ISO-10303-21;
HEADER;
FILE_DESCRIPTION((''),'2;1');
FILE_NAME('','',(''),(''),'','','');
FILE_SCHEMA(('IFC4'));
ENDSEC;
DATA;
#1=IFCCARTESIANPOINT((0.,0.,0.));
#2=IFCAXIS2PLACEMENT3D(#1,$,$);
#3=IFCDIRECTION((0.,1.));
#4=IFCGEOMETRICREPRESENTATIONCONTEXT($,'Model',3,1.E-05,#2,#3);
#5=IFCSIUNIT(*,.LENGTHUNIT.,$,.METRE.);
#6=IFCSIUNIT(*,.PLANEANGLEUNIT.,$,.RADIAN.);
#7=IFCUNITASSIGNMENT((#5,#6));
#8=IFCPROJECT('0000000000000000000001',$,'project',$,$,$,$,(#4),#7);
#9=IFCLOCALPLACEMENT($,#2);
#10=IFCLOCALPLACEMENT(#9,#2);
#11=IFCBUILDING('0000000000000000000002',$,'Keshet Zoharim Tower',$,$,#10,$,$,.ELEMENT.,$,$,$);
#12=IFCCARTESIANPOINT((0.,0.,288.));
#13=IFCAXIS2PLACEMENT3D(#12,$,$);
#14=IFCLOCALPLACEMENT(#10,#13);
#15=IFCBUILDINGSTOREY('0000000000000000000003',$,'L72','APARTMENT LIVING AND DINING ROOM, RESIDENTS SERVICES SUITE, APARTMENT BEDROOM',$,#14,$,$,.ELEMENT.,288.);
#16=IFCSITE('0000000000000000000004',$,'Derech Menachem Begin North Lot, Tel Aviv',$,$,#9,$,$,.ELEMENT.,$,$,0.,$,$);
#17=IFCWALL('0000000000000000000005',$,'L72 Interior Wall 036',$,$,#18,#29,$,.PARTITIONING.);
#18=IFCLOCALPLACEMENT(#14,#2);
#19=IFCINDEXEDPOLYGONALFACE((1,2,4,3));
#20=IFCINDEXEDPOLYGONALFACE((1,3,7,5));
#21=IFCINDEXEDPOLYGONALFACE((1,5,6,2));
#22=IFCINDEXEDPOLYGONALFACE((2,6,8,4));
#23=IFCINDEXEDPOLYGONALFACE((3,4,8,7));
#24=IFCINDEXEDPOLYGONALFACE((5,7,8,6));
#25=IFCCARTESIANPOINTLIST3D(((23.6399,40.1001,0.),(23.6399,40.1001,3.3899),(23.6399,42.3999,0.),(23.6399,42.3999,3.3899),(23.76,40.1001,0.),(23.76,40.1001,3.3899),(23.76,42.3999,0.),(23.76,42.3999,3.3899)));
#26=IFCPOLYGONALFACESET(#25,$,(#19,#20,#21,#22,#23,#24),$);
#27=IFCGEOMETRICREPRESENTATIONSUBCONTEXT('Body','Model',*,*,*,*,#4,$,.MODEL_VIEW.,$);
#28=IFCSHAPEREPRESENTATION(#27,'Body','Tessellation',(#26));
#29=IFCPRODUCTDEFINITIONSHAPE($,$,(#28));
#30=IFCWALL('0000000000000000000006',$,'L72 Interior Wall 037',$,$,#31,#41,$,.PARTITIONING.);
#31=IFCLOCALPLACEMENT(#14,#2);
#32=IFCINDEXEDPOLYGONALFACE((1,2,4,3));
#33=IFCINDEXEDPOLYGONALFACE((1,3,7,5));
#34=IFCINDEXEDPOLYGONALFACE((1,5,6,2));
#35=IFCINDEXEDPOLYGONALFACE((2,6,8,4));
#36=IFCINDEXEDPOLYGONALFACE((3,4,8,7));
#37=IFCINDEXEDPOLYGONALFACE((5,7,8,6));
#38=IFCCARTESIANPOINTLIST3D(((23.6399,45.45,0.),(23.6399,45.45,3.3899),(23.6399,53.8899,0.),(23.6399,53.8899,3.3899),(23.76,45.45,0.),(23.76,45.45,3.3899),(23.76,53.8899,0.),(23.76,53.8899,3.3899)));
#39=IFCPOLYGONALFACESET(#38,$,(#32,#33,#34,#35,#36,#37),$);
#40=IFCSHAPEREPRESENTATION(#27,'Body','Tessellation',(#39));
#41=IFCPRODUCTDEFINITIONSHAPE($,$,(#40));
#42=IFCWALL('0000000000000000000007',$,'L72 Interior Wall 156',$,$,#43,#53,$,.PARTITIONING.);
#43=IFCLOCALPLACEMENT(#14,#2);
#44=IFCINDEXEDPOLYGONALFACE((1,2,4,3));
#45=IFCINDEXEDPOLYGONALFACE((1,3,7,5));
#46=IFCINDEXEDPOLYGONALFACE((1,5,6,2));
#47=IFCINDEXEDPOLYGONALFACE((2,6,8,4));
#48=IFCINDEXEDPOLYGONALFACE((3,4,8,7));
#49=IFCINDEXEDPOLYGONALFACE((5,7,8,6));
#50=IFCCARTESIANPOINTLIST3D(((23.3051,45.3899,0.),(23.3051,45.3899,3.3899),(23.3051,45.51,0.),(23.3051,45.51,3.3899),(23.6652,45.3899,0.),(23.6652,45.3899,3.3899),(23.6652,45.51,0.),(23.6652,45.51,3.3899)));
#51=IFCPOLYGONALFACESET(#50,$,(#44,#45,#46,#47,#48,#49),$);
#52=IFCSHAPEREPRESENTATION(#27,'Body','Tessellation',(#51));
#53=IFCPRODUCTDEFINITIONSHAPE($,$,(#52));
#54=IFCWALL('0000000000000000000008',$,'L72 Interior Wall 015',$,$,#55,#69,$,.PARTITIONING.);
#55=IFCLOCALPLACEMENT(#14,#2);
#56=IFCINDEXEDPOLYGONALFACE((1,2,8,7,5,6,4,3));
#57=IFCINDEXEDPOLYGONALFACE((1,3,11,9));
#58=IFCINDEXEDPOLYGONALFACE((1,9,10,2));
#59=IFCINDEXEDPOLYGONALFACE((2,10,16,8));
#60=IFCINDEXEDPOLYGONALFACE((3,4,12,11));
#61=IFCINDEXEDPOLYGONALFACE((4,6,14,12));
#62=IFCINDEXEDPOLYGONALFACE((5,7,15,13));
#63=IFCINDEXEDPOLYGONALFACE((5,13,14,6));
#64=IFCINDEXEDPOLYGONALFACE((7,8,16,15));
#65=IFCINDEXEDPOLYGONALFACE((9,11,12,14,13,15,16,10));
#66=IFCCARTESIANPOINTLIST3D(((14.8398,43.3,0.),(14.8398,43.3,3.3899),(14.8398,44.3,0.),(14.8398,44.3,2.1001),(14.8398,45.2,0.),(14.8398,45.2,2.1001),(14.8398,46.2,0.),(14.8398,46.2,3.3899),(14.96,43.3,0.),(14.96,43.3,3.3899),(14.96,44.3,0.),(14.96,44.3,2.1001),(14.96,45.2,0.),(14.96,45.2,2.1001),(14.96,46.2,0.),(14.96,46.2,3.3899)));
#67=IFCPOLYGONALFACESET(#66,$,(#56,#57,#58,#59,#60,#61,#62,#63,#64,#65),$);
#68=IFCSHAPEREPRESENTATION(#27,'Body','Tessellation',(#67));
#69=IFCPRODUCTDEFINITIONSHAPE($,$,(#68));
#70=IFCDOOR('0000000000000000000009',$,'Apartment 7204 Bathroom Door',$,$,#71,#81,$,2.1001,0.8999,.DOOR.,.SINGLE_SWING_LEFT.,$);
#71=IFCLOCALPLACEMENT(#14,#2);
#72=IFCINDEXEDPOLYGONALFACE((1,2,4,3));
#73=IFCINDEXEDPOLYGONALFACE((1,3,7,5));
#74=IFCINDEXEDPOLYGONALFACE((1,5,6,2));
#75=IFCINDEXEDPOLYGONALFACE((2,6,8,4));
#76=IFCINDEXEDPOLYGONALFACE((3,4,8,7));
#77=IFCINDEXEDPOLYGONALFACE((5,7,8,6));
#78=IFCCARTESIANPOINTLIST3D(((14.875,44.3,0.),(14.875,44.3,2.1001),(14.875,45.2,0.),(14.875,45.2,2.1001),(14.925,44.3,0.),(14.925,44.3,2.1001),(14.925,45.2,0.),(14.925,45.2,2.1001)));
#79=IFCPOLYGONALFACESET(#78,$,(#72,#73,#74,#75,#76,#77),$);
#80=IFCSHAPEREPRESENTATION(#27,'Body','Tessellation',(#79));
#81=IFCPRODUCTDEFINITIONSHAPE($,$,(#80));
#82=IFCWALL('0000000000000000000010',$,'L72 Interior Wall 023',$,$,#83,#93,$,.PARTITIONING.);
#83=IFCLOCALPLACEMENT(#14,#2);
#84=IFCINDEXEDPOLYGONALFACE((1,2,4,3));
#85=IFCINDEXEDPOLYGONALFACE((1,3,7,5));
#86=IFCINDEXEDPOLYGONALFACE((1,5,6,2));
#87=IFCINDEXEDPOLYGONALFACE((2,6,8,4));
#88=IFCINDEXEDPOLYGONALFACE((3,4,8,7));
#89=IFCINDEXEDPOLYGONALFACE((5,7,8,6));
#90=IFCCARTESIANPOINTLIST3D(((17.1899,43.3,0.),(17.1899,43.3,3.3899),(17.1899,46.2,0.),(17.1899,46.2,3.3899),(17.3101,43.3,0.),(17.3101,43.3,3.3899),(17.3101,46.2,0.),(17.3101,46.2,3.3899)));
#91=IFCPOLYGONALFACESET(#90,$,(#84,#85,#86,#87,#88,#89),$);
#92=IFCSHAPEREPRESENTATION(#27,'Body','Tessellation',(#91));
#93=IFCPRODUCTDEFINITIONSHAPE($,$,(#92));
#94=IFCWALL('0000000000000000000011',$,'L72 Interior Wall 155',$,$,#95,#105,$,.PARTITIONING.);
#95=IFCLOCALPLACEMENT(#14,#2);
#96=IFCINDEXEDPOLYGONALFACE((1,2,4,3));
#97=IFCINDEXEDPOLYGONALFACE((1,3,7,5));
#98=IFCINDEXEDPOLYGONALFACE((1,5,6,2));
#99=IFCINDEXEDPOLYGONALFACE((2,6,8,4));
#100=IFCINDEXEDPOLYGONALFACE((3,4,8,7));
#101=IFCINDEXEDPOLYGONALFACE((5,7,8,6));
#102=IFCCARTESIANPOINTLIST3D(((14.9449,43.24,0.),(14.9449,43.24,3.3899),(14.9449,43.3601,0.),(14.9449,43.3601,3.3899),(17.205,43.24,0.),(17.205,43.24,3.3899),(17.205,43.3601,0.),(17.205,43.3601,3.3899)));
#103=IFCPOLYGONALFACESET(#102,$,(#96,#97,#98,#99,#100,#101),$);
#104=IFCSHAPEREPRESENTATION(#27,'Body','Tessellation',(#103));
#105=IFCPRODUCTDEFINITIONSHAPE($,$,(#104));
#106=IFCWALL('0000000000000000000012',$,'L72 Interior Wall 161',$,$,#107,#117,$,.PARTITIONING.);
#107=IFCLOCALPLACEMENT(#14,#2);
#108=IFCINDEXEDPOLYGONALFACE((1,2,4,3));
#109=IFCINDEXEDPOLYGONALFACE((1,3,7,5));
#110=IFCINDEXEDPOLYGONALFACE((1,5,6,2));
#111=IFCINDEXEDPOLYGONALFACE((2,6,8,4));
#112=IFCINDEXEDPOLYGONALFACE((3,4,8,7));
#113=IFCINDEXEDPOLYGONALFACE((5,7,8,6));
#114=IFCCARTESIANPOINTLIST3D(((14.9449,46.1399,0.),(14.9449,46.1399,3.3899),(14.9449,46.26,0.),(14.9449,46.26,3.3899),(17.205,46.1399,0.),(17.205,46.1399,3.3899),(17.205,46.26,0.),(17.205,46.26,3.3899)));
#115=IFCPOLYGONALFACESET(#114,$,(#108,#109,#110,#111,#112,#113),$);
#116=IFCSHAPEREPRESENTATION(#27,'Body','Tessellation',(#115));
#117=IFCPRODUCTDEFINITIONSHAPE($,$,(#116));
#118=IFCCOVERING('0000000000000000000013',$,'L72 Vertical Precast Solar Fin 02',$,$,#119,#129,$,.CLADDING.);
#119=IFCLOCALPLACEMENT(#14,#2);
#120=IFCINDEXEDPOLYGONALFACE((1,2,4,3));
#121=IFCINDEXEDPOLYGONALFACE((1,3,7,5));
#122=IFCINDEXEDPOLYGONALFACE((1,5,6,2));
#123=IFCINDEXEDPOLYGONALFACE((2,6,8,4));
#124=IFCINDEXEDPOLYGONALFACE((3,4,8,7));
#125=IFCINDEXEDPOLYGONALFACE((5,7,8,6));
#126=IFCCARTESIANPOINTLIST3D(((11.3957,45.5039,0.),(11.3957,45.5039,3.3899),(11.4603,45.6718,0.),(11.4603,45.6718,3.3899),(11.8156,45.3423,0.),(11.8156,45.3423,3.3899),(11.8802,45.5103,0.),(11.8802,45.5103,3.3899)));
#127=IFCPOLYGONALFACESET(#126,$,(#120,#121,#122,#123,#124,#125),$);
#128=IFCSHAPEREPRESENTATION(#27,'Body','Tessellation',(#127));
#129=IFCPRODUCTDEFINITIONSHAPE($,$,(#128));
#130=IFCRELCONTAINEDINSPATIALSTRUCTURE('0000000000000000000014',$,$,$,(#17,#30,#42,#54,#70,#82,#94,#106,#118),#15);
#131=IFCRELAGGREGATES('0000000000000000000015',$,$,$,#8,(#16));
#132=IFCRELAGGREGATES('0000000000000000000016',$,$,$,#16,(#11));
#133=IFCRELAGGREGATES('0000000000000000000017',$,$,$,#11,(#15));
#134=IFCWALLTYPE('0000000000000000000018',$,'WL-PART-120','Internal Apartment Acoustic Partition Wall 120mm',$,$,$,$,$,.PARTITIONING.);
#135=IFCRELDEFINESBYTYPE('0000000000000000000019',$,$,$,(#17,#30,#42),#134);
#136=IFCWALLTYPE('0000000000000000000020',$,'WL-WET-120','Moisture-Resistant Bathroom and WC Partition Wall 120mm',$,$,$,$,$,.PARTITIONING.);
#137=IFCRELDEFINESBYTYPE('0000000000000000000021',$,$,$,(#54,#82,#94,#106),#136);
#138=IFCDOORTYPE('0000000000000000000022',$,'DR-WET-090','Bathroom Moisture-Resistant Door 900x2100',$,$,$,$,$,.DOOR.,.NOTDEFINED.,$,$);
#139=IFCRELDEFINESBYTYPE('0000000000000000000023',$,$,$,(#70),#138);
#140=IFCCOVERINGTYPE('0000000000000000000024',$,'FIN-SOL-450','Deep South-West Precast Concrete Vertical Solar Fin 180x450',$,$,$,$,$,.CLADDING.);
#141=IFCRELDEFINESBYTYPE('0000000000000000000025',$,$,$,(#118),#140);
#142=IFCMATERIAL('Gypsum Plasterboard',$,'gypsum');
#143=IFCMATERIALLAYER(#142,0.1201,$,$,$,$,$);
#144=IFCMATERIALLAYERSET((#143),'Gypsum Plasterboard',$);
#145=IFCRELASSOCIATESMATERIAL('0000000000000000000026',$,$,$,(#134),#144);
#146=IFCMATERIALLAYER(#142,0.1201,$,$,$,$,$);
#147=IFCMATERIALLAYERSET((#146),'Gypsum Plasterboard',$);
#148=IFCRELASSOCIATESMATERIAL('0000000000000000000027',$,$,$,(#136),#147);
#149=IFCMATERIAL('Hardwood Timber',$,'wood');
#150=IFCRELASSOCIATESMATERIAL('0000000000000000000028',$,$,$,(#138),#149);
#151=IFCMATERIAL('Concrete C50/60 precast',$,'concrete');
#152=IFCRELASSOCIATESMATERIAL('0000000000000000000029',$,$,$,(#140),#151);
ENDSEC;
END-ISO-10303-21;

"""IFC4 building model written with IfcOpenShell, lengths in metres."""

from ifc_helpers import new_model, si_unit, direction, frame, frame_2d, origin, origin_2d, place, context, subcontext, project, spatial, rectangle, extrude, material, layer, layer_set, type_object, element, fill, save


model = new_model("IFC4")

# Units and contexts
model_context = context("Model", 3, precision=1e-05, world=origin(), true_north=direction((0.0, 1.0)))
body_context = subcontext(model_context, "Body", "Model", "MODEL_VIEW")
ifc_project = project(units=[si_unit("LENGTHUNIT", "METRE"), si_unit("PLANEANGLEUNIT", "RADIAN")], contexts=[model_context])

# Site, building, storey
site_placement = place(None, origin())
site = spatial("IfcSite", under=ifc_project, at=site_placement, Name="Derech Menachem Begin North Lot, Tel Aviv", CompositionType="ELEMENT", RefElevation=0.0)
building_placement = place(site_placement, origin())
building = spatial("IfcBuilding", under=site, at=building_placement, Name="Keshet Zoharim Tower", CompositionType="ELEMENT")
storey_placement = place(building_placement, frame((0.0, 0.0, 288.0)))
storey = spatial("IfcBuildingStorey", under=building, at=storey_placement, Name="L72", Description="APARTMENT LIVING AND DINING ROOM, RESIDENTS SERVICES SUITE, APARTMENT BEDROOM", CompositionType="ELEMENT", Elevation=288.0)

# Shared definitions
ifc_material_1 = material(Name="Gypsum Plasterboard", Category="gypsum")

# Shared definitions
ifc_material_2 = material(Name="Hardwood Timber", Category="wood")

# Walls
ifc_layer_1 = layer(ifc_material_1, 0.1201)
ifc_layer_set_1 = layer_set([ifc_layer_1], Name="Gypsum Plasterboard")
wall_type_1 = type_object("IfcWallType", Name="WL-PART-120", Description="Internal Apartment Acoustic Partition Wall 120mm", PredefinedType="PARTITIONING", material=ifc_layer_set_1)
wall_1_placement = place(storey_placement, frame((23.7, 40.1001, 0.0), z_axis=(0.0, 0.0, 1.0), x_axis=(0.0, 1.0, 0.0)))
element("IfcWall", 1, at=wall_1_placement, inside=storey, type_object=wall_type_1, Name="L72 Interior Wall 036", PredefinedType="PARTITIONING", context=body_context, shape_type="SweptSolid", body=[
    extrude(rectangle(XDim=2.2998, YDim=0.1201, at=frame_2d((1.1499, 0.0))), origin(), (0.0, 0.0, 1.0), 3.3899),
])
wall_2_placement = place(storey_placement, frame((23.7, 45.45, 0.0), z_axis=(0.0, 0.0, 1.0), x_axis=(0.0, 1.0, 0.0)))
element("IfcWall", 2, at=wall_2_placement, inside=storey, type_object=wall_type_1, Name="L72 Interior Wall 037", PredefinedType="PARTITIONING", context=body_context, shape_type="SweptSolid", body=[
    extrude(rectangle(XDim=8.4399, YDim=0.1201, at=frame_2d((4.22, 0.0))), origin(), (0.0, 0.0, 1.0), 3.3899),
])

# Wall
wall_3_placement = place(storey_placement, frame((23.3049, 45.45, 0.0), z_axis=(0.0, 0.0, 1.0), x_axis=(1.0, 0.0, 0.0)))
element("IfcWall", 3, at=wall_3_placement, inside=storey, type_object=wall_type_1, Name="L72 Interior Wall 156", PredefinedType="PARTITIONING", context=body_context, shape_type="SweptSolid", body=[
    extrude(rectangle(XDim=0.3601, YDim=0.1201, at=frame_2d((0.1802, 0.0))), origin(), (0.0, 0.0, 1.0), 3.3899),
])

# Wall, opening, door
ifc_layer_2 = layer(ifc_material_1, 0.1201)
ifc_layer_set_2 = layer_set([ifc_layer_2], Name="Gypsum Plasterboard")
wall_type_2 = type_object("IfcWallType", Name="WL-WET-120", Description="Moisture-Resistant Bathroom and WC Partition Wall 120mm", PredefinedType="PARTITIONING", material=ifc_layer_set_2)
wall_4_placement = place(storey_placement, frame((14.8999, 43.3, 0.0), z_axis=(0.0, 0.0, 1.0), x_axis=(0.0, 1.0, 0.0)))
wall_4 = element("IfcWall", 4, at=wall_4_placement, inside=storey, type_object=wall_type_2, Name="L72 Interior Wall 015", PredefinedType="PARTITIONING", context=body_context, shape_type="SweptSolid", body=[
    extrude(rectangle(XDim=2.8999, YDim=0.1201, at=frame_2d((1.45, 0.0))), origin(), (0.0, 0.0, 1.0), 3.3899),
])
opening_1_placement = place(wall_4_placement, frame((1.0, 0.0, 0.0)))
opening_1 = element("IfcOpeningElement", 5, at=opening_1_placement, cuts=wall_4, PredefinedType="OPENING", context=body_context, shape_type="SweptSolid", body=[
    extrude(rectangle(XDim=0.8999, YDim=2.1001, at=frame_2d((0.45, 1.05))), frame((0.0, 0.0701, 0.0), z_axis=(0.0, -1.0, 0.0), x_axis=(1.0, 0.0, 0.0)), (0.0, 0.0, 1.0), 0.1401),
])
door_type_1 = type_object("IfcDoorType", Name="DR-WET-090", Description="Bathroom Moisture-Resistant Door 900x2100", OperationType="NOTDEFINED", PredefinedType="DOOR", material=ifc_material_2)
door_1_placement = place(opening_1_placement, origin())
door_1 = element("IfcDoor", 6, at=door_1_placement, inside=storey, type_object=door_type_1, Name="Apartment 7204 Bathroom Door", OperationType="SINGLE_SWING_LEFT", OverallHeight=2.1001, OverallWidth=0.8999, PredefinedType="DOOR", context=body_context, shape_type="SweptSolid", body=[
    extrude(rectangle(XDim=0.8999, YDim=2.1001, at=frame_2d((0.45, 1.05))), frame((0.0, 0.0249, 0.0), z_axis=(0.0, -1.0, 0.0), x_axis=(1.0, 0.0, 0.0)), (0.0, 0.0, 1.0), 0.05),
])
fill(opening_1, door_1)

# Walls
wall_5_placement = place(storey_placement, frame((17.25, 43.3, 0.0), z_axis=(0.0, 0.0, 1.0), x_axis=(0.0, 1.0, 0.0)))
element("IfcWall", 7, at=wall_5_placement, inside=storey, type_object=wall_type_2, Name="L72 Interior Wall 023", PredefinedType="PARTITIONING", context=body_context, shape_type="SweptSolid", body=[
    extrude(rectangle(XDim=2.8999, YDim=0.1201, at=frame_2d((1.45, 0.0))), origin(), (0.0, 0.0, 1.0), 3.3899),
])
for number, where, z_axis, x_axis, name in (
    (8, (14.9451, 43.3, 0.0), (0.0, 0.0, 1.0), (1.0, 0.0, 0.0), "L72 Interior Wall 155"),
    (9, (14.9451, 46.2, 0.0), (0.0, 0.0, 1.0), (1.0, 0.0, 0.0), "L72 Interior Wall 161"),
):
    element("IfcWall", number, at=place(storey_placement, frame(where, z_axis=z_axis, x_axis=x_axis)), inside=storey, type_object=wall_type_2, Name=name, PredefinedType="PARTITIONING", context=body_context, shape_type="SweptSolid", body=[
        extrude(rectangle(XDim=2.26, YDim=0.1201, at=frame_2d((1.1299, 0.0))), origin(), (0.0, 0.0, 1.0), 3.3899),
    ])

# Covering
ifc_material_3 = material(Name="Concrete C50/60 precast", Category="concrete")
covering_type = type_object("IfcCoveringType", Name="FIN-SOL-450", Description="Deep South-West Precast Concrete Vertical Solar Fin 180x450", PredefinedType="CLADDING", material=ifc_material_3)
covering_placement = place(storey_placement, frame((11.6379, 45.5071, 0.0), z_axis=(0.0, 0.0, 1.0), x_axis=(0.35899, 0.933341, 0.0)))
element("IfcCovering", 10, at=covering_placement, inside=storey, type_object=covering_type, Name="L72 Vertical Precast Solar Fin 02", PredefinedType="CLADDING", context=body_context, shape_type="SweptSolid", body=[
    extrude(rectangle(XDim=0.1799, YDim=0.45, at=origin_2d()), origin(), (0.0, 0.0, 1.0), 3.3899),
])

save(model, "model.ifc")
